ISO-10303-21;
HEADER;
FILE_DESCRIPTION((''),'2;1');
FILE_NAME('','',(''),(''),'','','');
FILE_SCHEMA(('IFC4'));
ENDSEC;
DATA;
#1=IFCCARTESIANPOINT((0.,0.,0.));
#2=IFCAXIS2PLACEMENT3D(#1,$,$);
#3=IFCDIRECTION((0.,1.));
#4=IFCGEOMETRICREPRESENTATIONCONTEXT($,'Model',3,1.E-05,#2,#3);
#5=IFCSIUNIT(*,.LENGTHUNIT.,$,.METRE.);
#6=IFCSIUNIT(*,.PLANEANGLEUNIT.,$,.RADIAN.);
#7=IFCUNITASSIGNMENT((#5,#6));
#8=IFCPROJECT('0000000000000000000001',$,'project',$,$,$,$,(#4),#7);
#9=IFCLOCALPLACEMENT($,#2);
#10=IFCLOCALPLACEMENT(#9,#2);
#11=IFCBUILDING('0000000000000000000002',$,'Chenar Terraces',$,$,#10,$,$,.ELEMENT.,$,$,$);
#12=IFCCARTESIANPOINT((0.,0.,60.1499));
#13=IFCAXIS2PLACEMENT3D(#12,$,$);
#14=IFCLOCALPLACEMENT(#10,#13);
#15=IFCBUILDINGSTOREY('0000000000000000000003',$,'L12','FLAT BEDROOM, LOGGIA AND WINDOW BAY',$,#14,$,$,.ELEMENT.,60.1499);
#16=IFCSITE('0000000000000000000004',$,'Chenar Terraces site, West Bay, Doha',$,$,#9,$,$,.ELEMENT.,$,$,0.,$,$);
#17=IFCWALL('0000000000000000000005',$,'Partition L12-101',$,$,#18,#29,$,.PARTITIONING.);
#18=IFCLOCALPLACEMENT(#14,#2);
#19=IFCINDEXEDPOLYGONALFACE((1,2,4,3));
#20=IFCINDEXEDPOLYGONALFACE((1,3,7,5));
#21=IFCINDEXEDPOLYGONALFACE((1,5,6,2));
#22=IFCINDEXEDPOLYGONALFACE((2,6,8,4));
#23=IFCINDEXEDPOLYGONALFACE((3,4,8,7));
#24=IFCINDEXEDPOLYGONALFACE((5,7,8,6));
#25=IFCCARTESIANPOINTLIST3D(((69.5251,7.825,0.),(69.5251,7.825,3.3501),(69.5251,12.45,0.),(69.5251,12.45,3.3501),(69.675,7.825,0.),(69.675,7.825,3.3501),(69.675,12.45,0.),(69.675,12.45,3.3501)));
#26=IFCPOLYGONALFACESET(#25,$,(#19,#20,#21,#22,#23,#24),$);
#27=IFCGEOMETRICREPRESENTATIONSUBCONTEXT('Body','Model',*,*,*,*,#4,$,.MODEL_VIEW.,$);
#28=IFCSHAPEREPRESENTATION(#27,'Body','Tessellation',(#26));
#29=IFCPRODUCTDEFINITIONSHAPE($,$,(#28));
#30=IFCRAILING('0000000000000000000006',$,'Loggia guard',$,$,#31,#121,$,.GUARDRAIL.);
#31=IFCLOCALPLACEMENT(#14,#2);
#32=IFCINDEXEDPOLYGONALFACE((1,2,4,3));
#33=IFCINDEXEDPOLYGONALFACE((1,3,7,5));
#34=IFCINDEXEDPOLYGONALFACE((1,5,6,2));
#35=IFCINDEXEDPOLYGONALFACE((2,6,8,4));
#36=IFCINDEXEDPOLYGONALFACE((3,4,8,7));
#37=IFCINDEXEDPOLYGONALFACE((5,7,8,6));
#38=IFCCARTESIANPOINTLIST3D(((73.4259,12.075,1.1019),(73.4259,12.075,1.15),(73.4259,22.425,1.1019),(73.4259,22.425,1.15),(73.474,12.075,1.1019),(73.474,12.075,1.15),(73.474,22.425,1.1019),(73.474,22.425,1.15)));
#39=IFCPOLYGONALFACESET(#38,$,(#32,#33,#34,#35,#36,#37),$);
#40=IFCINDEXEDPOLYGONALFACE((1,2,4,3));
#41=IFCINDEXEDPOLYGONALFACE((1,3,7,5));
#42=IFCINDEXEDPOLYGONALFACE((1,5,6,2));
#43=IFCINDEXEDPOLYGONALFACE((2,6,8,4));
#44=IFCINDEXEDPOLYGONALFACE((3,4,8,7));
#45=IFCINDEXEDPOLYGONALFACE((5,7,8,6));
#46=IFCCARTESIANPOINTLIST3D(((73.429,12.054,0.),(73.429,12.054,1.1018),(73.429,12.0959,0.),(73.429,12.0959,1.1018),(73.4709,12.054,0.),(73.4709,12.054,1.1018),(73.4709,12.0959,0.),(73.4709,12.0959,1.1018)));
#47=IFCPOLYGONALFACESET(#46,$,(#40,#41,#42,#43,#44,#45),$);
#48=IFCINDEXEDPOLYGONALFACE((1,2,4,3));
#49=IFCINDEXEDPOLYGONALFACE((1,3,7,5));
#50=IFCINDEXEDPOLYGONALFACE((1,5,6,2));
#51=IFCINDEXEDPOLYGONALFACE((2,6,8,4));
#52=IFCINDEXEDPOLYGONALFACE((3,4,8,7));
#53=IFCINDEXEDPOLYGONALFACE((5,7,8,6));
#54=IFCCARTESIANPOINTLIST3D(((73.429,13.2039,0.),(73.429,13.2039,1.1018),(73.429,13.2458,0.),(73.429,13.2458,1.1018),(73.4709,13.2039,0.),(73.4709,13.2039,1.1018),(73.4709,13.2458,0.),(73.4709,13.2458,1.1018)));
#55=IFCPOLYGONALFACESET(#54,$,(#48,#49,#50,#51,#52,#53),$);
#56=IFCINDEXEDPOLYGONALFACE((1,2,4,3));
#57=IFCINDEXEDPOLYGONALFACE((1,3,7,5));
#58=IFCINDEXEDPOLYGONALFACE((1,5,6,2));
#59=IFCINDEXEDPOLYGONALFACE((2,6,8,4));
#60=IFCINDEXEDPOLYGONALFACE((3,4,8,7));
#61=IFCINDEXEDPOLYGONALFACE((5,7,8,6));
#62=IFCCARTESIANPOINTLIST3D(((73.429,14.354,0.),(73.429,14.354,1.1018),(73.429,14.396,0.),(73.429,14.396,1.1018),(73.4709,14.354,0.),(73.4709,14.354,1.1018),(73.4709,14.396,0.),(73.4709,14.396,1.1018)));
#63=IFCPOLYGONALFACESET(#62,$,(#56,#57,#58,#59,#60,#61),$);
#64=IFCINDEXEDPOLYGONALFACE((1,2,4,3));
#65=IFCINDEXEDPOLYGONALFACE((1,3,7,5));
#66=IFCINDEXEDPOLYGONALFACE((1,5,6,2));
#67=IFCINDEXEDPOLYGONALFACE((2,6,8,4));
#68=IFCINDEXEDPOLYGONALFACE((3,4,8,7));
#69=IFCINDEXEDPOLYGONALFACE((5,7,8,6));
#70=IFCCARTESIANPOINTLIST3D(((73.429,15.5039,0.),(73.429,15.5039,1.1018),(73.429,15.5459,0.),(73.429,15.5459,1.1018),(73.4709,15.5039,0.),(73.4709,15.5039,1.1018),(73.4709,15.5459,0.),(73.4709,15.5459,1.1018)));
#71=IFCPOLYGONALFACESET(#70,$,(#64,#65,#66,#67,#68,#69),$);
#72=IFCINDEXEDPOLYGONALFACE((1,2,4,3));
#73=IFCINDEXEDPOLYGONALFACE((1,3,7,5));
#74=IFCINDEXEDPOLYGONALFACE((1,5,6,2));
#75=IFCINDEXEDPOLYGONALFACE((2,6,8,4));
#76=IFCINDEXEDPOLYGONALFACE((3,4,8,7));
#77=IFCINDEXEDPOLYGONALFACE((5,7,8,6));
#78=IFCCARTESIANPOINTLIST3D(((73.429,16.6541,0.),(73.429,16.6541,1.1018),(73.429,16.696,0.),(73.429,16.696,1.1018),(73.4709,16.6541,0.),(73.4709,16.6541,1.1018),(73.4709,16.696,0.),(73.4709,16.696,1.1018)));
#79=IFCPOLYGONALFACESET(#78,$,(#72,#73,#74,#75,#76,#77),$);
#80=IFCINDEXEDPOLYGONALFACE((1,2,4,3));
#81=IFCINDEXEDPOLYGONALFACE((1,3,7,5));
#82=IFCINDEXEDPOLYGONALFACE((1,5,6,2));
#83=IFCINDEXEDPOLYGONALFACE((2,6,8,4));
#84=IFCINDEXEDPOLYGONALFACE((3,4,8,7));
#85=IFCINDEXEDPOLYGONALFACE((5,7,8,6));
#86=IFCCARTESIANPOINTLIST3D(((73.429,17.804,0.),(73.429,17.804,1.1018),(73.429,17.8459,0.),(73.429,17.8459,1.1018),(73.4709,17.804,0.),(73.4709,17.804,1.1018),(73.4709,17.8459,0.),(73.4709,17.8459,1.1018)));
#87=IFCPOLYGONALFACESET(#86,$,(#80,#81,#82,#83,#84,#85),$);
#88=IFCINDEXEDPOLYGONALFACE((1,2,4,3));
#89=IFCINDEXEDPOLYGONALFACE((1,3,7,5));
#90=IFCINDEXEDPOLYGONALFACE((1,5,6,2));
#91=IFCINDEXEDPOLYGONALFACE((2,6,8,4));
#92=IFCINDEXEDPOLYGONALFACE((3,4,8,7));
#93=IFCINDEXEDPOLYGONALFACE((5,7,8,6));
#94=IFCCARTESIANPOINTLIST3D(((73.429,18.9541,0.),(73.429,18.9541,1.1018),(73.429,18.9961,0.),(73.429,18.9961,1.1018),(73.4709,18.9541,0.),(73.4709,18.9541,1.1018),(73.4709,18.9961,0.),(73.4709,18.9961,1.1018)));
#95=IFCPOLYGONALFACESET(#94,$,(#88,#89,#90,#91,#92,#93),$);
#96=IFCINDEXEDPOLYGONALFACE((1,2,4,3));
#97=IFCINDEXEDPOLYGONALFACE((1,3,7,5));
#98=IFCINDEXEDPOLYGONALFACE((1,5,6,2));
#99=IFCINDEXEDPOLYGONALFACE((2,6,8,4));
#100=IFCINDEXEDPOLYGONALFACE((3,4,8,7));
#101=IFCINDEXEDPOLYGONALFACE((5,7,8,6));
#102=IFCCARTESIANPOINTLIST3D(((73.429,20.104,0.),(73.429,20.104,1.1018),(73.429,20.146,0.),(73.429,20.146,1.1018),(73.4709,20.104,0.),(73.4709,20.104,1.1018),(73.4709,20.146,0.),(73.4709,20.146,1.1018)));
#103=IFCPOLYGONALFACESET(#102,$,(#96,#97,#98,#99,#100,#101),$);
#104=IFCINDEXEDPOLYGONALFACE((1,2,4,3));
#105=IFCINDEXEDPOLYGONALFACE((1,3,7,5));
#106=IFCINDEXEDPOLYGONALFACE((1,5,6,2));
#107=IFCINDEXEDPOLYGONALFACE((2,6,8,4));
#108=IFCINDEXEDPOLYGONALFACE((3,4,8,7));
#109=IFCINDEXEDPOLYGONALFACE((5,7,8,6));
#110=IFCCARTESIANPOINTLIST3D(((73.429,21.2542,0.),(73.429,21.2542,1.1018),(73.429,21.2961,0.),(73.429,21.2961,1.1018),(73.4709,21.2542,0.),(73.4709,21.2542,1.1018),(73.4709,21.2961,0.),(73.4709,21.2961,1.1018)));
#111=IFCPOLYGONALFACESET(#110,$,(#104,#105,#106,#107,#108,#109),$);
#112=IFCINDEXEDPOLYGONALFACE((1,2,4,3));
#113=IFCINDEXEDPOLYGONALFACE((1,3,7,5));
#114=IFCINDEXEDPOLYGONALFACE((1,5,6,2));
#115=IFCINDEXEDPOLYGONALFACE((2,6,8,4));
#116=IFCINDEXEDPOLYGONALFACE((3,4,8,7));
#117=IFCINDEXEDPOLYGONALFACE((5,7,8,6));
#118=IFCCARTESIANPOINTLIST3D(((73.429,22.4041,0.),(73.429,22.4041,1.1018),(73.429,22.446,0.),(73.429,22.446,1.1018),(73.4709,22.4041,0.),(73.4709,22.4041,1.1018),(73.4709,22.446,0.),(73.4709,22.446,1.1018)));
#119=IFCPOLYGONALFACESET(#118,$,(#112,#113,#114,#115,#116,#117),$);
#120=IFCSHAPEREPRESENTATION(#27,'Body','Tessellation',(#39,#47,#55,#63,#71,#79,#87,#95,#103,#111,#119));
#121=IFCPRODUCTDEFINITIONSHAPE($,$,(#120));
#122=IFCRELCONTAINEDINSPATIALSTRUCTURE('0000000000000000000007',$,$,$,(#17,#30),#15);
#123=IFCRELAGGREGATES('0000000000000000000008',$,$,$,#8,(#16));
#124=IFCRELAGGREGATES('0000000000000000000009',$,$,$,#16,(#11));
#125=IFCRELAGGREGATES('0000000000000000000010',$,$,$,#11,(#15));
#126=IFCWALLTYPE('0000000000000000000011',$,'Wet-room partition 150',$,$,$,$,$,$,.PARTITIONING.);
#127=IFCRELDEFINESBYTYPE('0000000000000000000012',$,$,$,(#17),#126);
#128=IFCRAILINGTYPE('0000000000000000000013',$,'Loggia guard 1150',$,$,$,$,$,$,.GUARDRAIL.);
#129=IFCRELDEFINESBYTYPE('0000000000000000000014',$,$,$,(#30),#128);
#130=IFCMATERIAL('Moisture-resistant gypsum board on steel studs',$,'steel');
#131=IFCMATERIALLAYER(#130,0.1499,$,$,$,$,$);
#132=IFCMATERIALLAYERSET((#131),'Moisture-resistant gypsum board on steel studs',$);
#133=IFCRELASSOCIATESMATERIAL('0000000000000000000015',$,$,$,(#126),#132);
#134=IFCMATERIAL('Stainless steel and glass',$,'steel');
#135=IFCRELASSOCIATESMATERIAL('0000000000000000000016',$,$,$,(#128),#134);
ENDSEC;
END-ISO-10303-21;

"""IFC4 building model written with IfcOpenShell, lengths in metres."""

from ifc_helpers import new_model, si_unit, direction, frame, frame_2d, origin, origin_2d, place, context, subcontext, project, spatial, rectangle, extrude, material, layer, layer_set, type_object, element, save


model = new_model("IFC4")

# Units and contexts
model_context = context("Model", 3, precision=1e-05, world=origin(), true_north=direction((0.0, 1.0)))
body_context = subcontext(model_context, "Body", "Model", "MODEL_VIEW")
ifc_project = project(units=[si_unit("LENGTHUNIT", "METRE"), si_unit("PLANEANGLEUNIT", "RADIAN")], contexts=[model_context])

# Site, building, storey
site_placement = place(None, origin())
site = spatial("IfcSite", under=ifc_project, at=site_placement, Name="Chenar Terraces site, West Bay, Doha", CompositionType="ELEMENT", RefElevation=0.0)
building_placement = place(site_placement, origin())
building = spatial("IfcBuilding", under=site, at=building_placement, Name="Chenar Terraces", CompositionType="ELEMENT")
storey_placement = place(building_placement, frame((0.0, 0.0, 60.1499)))
storey = spatial("IfcBuildingStorey", under=building, at=storey_placement, Name="L12", Description="FLAT BEDROOM, LOGGIA AND WINDOW BAY", CompositionType="ELEMENT", Elevation=60.1499)

# Shared definitions
ifc_material_1 = material(Name="Moisture-resistant gypsum board on steel studs", Category="steel")
ifc_layer_1 = layer(ifc_material_1, 0.1499)
ifc_layer_set_1 = layer_set([ifc_layer_1], Name="Moisture-resistant gypsum board on steel studs")
wall_type_1 = type_object("IfcWallType", Name="Wet-room partition 150", PredefinedType="PARTITIONING", material=ifc_layer_set_1)

# Wall
wall_1_placement = place(storey_placement, frame((69.6001, 7.825, 0.0), z_axis=(0.0, 0.0, 1.0), x_axis=(0.0, 1.0, 0.0)))
element("IfcWall", 1, at=wall_1_placement, inside=storey, type_object=wall_type_1, Name="Partition L12-101", PredefinedType="PARTITIONING", context=body_context, shape_type="SweptSolid", body=[
    extrude(rectangle(XDim=4.625, YDim=0.1499, at=frame_2d((2.3125, 0.0))), origin(), (0.0, 0.0, 1.0), 3.3501),
])

# Railing
ifc_material_2 = material(Name="Stainless steel and glass", Category="steel")
railing_type = type_object("IfcRailingType", Name="Loggia guard 1150", PredefinedType="GUARDRAIL", material=ifc_material_2)
railing_placement = place(storey_placement, frame((73.45, 12.075, 0.0)))
element("IfcRailing", 2, at=railing_placement, inside=storey, type_object=railing_type, Name="Loggia guard", PredefinedType="GUARDRAIL", context=body_context, shape_type="SweptSolid", body=[
    extrude(rectangle(XDim=0.0481, YDim=0.0481, at=origin_2d()), frame((0.0, 0.0, 1.126), z_axis=(0.0, 1.0, 0.0), x_axis=(-1.0, 0.0, 0.0)), (0.0, 0.0, 1.0), 10.3501),
    extrude(rectangle(XDim=0.042, YDim=0.042, at=origin_2d()), origin(), (0.0, 0.0, 1.0), 1.1018),
    extrude(rectangle(XDim=0.042, YDim=0.042, at=origin_2d()), frame((0.0, 1.1499, 0.0)), (0.0, 0.0, 1.0), 1.1018),
    extrude(rectangle(XDim=0.042, YDim=0.042, at=origin_2d()), frame((0.0, 2.3, 0.0)), (0.0, 0.0, 1.0), 1.1018),
    extrude(rectangle(XDim=0.042, YDim=0.042, at=origin_2d()), frame((0.0, 3.45, 0.0)), (0.0, 0.0, 1.0), 1.1018),
    extrude(rectangle(XDim=0.042, YDim=0.042, at=origin_2d()), frame((0.0, 4.6001, 0.0)), (0.0, 0.0, 1.0), 1.1018),
    extrude(rectangle(XDim=0.042, YDim=0.042, at=origin_2d()), frame((0.0, 5.75, 0.0)), (0.0, 0.0, 1.0), 1.1018),
    extrude(rectangle(XDim=0.042, YDim=0.042, at=origin_2d()), frame((0.0, 6.9001, 0.0)), (0.0, 0.0, 1.0), 1.1018),
    extrude(rectangle(XDim=0.042, YDim=0.042, at=origin_2d()), frame((0.0, 8.05, 0.0)), (0.0, 0.0, 1.0), 1.1018),
    extrude(rectangle(XDim=0.042, YDim=0.042, at=origin_2d()), frame((0.0, 9.2002, 0.0)), (0.0, 0.0, 1.0), 1.1018),
    extrude(rectangle(XDim=0.042, YDim=0.042, at=origin_2d()), frame((0.0, 10.3501, 0.0)), (0.0, 0.0, 1.0), 1.1018),
])

save(model, "model.ifc")
